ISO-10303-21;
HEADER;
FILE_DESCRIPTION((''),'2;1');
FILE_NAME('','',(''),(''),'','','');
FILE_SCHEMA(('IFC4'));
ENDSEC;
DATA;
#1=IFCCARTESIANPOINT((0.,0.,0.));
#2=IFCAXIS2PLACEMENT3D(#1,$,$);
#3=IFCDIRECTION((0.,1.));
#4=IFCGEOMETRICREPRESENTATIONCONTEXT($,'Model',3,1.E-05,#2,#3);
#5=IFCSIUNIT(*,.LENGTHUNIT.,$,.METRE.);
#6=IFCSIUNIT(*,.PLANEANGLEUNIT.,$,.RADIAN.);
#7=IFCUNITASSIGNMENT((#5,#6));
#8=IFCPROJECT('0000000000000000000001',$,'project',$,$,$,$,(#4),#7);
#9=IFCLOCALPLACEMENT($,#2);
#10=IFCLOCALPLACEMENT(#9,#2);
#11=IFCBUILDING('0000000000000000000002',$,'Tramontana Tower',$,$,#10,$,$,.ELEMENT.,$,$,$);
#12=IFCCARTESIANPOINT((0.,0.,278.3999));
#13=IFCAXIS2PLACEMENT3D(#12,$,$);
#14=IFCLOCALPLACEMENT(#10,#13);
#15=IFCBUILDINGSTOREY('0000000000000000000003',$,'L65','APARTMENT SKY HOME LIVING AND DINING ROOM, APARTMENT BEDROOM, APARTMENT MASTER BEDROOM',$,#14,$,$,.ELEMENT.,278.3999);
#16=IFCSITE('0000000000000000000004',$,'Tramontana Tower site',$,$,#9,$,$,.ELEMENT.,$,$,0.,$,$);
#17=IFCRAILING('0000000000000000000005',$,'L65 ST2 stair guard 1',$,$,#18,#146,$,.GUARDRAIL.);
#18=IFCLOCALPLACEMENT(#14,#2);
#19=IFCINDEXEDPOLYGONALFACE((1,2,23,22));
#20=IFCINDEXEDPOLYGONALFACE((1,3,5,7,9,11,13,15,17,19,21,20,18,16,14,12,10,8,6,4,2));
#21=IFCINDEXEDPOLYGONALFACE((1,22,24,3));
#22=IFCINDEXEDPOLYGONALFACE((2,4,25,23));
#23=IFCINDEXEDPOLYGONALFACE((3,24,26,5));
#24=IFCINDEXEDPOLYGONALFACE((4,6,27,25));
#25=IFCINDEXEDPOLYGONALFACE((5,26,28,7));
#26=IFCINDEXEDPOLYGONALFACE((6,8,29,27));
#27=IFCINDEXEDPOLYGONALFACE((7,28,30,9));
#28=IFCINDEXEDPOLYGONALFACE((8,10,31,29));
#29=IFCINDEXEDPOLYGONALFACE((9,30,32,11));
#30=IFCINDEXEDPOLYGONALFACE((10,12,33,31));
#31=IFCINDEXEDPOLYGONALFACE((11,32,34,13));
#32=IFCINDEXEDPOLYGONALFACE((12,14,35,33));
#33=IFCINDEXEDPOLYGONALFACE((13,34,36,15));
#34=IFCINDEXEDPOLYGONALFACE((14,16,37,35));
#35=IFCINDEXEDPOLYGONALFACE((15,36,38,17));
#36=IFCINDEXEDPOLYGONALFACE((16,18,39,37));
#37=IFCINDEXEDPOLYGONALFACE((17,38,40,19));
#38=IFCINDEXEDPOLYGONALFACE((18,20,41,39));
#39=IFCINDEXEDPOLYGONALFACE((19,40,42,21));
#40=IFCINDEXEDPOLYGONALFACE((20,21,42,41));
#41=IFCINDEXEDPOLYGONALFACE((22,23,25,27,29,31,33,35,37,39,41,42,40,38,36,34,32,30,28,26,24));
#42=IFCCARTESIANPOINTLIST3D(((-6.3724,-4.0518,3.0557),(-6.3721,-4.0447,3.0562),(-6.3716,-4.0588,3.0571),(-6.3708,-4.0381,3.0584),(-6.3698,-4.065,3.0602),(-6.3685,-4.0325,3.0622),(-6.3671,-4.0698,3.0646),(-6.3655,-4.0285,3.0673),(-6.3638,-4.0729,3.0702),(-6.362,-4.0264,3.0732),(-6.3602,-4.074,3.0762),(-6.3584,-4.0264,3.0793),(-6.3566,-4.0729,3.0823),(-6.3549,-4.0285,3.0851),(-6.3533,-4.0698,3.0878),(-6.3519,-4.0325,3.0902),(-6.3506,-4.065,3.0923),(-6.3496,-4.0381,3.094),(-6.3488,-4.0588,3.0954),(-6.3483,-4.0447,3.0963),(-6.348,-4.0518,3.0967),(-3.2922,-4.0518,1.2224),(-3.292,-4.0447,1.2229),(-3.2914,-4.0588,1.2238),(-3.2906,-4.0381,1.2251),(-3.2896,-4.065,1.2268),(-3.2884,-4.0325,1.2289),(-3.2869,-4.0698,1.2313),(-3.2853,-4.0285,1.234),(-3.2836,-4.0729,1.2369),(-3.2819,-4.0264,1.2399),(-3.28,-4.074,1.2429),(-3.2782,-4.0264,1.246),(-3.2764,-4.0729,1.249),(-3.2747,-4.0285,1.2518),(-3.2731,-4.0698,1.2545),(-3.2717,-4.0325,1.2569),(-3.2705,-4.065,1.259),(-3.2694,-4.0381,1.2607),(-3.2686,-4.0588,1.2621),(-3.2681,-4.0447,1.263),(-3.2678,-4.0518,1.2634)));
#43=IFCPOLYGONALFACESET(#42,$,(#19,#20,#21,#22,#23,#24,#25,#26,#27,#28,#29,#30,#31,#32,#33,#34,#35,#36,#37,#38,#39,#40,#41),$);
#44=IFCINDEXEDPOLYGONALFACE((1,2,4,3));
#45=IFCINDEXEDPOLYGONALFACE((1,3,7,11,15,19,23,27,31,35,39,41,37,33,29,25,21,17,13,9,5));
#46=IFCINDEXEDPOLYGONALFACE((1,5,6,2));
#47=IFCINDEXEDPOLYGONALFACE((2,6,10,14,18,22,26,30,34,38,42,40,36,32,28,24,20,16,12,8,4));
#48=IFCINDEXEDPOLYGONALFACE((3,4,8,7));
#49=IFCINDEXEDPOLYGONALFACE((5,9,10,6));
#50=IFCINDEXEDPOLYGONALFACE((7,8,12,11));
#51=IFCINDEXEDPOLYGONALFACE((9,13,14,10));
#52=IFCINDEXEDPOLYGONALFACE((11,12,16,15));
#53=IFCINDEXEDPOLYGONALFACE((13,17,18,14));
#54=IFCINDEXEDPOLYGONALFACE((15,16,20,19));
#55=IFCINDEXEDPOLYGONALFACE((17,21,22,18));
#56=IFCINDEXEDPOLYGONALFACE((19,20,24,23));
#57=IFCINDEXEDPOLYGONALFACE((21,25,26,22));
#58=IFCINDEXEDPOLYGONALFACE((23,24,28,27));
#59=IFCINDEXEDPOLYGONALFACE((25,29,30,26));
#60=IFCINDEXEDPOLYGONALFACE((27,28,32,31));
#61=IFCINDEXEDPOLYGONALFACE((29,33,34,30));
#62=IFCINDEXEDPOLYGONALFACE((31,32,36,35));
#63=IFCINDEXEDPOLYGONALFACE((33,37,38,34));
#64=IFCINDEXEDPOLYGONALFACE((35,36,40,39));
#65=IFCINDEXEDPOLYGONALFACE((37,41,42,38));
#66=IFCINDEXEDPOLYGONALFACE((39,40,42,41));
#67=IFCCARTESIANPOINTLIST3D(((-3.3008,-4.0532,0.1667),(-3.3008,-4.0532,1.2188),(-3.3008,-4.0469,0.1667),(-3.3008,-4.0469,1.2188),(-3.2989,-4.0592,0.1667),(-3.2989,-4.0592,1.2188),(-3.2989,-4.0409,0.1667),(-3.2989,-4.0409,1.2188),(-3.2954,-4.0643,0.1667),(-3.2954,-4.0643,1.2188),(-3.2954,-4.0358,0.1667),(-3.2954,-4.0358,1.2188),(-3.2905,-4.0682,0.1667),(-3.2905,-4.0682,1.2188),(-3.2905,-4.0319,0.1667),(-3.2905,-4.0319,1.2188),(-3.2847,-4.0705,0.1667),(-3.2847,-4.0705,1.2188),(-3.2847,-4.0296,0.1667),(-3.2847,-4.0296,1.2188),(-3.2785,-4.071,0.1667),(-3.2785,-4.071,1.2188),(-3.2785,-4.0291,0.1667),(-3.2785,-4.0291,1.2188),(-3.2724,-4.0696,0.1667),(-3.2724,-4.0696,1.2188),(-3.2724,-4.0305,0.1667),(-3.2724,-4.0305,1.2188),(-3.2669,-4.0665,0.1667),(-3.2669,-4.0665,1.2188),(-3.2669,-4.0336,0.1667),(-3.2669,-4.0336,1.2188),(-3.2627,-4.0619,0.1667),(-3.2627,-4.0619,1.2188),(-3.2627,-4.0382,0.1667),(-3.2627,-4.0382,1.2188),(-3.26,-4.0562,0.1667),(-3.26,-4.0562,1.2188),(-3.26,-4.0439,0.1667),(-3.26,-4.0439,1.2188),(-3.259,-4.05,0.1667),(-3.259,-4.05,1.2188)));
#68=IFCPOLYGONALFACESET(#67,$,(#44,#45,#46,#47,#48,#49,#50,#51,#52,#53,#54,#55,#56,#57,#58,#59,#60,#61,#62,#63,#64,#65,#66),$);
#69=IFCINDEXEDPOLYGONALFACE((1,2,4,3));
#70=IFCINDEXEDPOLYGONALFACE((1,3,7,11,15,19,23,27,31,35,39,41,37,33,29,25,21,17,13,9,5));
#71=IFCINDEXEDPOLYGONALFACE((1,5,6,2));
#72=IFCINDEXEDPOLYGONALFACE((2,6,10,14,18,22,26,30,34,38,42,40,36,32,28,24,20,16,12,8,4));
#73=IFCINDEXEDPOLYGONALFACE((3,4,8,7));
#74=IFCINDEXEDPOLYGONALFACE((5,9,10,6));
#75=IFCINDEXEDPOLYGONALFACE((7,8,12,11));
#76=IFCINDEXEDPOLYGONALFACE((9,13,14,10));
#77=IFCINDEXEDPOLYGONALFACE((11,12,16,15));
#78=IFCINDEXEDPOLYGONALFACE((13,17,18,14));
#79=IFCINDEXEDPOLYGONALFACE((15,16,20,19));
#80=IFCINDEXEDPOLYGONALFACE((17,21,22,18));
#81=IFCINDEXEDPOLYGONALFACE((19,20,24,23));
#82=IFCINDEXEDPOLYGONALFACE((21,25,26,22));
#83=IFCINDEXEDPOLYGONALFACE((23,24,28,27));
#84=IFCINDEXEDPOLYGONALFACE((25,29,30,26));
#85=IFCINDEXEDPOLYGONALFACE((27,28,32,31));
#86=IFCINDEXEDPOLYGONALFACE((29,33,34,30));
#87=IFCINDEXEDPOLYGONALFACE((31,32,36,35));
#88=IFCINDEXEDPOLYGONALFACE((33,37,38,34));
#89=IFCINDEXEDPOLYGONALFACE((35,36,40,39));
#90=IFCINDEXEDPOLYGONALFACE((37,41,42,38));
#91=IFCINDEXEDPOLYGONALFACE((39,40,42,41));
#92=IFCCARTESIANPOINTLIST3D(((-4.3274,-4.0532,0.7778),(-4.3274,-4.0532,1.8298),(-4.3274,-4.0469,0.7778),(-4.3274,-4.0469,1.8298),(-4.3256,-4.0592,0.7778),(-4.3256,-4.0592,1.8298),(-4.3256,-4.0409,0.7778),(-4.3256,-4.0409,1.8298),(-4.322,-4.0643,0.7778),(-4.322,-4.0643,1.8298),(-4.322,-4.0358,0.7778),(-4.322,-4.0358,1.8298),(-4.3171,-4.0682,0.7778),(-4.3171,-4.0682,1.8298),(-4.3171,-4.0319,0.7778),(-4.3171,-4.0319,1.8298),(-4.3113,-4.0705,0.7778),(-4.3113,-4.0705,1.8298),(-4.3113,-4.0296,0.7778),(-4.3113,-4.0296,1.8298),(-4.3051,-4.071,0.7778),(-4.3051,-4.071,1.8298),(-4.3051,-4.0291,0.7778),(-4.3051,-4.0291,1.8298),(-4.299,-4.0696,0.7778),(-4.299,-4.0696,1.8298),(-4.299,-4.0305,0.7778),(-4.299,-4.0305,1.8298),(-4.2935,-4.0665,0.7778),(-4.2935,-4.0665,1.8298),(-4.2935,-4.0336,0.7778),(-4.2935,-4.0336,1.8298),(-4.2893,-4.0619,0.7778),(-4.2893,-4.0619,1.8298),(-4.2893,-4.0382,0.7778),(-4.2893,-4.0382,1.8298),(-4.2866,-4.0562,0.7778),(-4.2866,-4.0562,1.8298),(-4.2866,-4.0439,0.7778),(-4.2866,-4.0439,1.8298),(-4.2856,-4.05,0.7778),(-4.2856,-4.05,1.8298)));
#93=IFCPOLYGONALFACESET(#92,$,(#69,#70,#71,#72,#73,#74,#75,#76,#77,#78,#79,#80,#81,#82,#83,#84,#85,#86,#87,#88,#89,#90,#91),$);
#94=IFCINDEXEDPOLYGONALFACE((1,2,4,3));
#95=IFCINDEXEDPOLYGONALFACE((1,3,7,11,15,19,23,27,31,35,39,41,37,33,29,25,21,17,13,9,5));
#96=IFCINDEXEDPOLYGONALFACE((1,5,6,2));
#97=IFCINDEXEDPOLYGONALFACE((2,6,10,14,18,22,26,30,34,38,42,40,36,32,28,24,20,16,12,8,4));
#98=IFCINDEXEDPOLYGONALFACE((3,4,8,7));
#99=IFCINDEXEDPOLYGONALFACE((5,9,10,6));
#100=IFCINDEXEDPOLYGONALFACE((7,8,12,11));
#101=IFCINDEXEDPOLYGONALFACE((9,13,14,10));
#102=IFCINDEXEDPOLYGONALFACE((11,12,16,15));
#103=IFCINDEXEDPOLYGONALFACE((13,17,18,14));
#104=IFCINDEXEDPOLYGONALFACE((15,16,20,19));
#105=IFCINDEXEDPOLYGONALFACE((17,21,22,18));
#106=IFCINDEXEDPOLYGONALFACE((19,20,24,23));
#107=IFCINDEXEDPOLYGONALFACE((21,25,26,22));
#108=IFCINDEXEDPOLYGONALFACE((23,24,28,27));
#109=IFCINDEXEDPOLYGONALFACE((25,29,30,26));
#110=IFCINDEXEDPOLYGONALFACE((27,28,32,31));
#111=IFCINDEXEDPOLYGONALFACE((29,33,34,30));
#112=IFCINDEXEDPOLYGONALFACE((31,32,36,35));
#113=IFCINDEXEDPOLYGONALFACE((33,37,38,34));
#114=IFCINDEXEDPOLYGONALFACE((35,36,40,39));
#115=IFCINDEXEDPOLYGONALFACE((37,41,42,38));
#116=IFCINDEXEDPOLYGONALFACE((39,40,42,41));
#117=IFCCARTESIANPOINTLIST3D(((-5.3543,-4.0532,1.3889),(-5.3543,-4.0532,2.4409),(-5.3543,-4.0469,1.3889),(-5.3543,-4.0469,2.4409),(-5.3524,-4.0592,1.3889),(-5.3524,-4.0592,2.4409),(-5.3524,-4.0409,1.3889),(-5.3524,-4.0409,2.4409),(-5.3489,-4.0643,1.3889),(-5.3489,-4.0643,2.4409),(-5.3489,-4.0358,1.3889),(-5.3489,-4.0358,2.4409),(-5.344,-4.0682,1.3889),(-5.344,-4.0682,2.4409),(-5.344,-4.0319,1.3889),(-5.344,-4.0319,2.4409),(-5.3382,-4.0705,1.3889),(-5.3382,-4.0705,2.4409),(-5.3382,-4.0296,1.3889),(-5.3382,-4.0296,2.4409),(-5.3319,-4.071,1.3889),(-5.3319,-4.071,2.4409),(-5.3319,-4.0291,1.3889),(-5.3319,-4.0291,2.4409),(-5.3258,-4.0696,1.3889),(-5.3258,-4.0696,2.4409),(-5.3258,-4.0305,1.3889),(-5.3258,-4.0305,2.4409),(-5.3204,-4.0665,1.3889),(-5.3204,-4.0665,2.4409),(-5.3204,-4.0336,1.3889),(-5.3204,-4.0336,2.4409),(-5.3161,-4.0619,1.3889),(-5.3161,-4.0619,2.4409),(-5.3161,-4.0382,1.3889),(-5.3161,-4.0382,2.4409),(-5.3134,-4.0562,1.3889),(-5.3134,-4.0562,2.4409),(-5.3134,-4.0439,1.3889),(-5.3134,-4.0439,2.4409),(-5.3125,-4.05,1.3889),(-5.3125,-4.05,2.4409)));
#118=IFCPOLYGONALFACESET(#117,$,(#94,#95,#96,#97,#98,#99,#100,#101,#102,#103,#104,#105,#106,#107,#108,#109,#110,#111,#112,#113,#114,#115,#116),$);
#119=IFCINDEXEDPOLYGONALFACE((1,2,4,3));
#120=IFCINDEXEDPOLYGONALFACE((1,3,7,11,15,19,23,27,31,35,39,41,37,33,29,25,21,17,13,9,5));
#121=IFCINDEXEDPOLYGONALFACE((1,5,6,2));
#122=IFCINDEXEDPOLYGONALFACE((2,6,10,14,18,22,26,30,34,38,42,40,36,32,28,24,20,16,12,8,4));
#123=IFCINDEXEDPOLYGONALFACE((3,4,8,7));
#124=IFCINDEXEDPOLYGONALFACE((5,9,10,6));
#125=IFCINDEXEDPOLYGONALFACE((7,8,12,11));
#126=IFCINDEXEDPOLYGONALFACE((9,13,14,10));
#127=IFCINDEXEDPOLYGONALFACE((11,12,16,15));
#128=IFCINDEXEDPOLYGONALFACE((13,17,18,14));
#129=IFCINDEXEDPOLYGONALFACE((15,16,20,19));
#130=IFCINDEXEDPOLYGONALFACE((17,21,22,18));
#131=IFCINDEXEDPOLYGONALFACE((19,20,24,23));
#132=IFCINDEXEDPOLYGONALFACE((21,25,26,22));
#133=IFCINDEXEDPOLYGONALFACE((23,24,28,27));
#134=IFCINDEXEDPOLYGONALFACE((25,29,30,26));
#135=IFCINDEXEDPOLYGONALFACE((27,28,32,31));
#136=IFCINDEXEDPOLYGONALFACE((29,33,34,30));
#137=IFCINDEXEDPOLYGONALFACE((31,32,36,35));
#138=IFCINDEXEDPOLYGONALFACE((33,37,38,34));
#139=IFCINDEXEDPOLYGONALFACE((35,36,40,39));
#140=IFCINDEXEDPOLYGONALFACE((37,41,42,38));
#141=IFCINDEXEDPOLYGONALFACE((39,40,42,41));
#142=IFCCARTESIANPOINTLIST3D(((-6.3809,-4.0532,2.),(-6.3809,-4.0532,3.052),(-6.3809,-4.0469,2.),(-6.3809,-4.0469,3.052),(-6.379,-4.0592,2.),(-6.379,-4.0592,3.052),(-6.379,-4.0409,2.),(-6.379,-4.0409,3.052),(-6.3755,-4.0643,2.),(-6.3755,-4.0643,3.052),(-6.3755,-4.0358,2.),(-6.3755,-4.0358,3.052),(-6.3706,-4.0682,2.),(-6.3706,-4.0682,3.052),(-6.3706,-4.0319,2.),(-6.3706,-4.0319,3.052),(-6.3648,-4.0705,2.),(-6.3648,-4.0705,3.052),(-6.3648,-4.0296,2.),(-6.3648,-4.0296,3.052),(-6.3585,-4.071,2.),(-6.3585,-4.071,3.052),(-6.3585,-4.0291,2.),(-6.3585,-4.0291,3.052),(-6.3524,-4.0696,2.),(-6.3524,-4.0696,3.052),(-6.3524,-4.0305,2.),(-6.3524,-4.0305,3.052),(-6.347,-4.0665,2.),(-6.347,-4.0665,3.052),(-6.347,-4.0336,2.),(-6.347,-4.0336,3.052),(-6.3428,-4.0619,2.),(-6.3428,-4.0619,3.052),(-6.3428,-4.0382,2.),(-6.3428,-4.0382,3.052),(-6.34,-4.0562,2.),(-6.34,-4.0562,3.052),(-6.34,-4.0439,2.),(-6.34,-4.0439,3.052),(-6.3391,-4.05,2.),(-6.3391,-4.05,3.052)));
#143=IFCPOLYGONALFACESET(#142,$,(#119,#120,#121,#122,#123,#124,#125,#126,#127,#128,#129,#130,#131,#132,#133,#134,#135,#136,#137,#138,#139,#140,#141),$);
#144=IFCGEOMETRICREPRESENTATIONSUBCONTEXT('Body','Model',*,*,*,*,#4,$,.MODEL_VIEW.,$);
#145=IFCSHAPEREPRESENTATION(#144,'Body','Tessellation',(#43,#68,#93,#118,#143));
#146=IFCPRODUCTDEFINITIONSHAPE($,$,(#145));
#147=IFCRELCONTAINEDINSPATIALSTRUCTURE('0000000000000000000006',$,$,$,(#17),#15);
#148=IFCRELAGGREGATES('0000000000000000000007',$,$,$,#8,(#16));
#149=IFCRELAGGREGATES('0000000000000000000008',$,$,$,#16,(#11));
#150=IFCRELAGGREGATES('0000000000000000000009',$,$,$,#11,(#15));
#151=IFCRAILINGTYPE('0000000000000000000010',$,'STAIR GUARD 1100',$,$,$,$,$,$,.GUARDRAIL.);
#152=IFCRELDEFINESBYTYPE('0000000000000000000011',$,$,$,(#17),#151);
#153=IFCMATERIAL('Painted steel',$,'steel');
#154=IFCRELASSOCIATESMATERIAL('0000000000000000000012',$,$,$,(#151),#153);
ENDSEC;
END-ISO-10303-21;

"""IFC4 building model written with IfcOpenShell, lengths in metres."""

from ifc_helpers import new_model, si_unit, direction, frame, origin, origin_2d, place, context, subcontext, project, spatial, circle, extrude, material, type_object, element, save


model = new_model("IFC4")

# Units and contexts
model_context = context("Model", 3, precision=1e-05, world=origin(), true_north=direction((0.0, 1.0)))
body_context = subcontext(model_context, "Body", "Model", "MODEL_VIEW")
ifc_project = project(units=[si_unit("LENGTHUNIT", "METRE"), si_unit("PLANEANGLEUNIT", "RADIAN")], contexts=[model_context])

# Site, building, storey
site_placement = place(None, origin())
site = spatial("IfcSite", under=ifc_project, at=site_placement, Name="Tramontana Tower site", CompositionType="ELEMENT", RefElevation=0.0)
building_placement = place(site_placement, origin())
building = spatial("IfcBuilding", under=site, at=building_placement, Name="Tramontana Tower", CompositionType="ELEMENT")
storey_placement = place(building_placement, frame((0.0, 0.0, 278.3999)))
storey = spatial("IfcBuildingStorey", under=building, at=storey_placement, Name="L65", Description="APARTMENT SKY HOME LIVING AND DINING ROOM, APARTMENT BEDROOM, APARTMENT MASTER BEDROOM", CompositionType="ELEMENT", Elevation=278.3999)

# Railing
ifc_material_1 = material(Name="Painted steel", Category="steel")
railing_type_1 = type_object("IfcRailingType", Name="STAIR GUARD 1100", PredefinedType="GUARDRAIL", material=ifc_material_1)
railing_1_placement = place(storey_placement, frame((-3.28, -4.05, 0.1667)))
element("IfcRailing", 1, at=railing_1_placement, inside=storey, type_object=railing_type_1, Name="L65 ST2 stair guard 1", PredefinedType="GUARDRAIL", context=body_context, shape_type="SweptSolid", body=[
    extrude(circle(Radius=0.0239, at=origin_2d()), frame((0.0, 0.0, 1.0762), z_axis=(-0.859309, 0.0, 0.511458), x_axis=(0.0, -1.0, 0.0)), (0.0, 0.0, 1.0), 3.5845),
    extrude(circle(Radius=0.021, at=origin_2d()), origin(), (0.0, 0.0, 1.0), 1.052),
    extrude(circle(Radius=0.021, at=origin_2d()), frame((-1.0266, 0.0, 0.6111)), (0.0, 0.0, 1.0), 1.052),
    extrude(circle(Radius=0.021, at=origin_2d()), frame((-2.0535, 0.0, 1.2222)), (0.0, 0.0, 1.0), 1.052),
    extrude(circle(Radius=0.021, at=origin_2d()), frame((-3.0801, 0.0, 1.8333)), (0.0, 0.0, 1.0), 1.052),
])

save(model, "model.ifc")
